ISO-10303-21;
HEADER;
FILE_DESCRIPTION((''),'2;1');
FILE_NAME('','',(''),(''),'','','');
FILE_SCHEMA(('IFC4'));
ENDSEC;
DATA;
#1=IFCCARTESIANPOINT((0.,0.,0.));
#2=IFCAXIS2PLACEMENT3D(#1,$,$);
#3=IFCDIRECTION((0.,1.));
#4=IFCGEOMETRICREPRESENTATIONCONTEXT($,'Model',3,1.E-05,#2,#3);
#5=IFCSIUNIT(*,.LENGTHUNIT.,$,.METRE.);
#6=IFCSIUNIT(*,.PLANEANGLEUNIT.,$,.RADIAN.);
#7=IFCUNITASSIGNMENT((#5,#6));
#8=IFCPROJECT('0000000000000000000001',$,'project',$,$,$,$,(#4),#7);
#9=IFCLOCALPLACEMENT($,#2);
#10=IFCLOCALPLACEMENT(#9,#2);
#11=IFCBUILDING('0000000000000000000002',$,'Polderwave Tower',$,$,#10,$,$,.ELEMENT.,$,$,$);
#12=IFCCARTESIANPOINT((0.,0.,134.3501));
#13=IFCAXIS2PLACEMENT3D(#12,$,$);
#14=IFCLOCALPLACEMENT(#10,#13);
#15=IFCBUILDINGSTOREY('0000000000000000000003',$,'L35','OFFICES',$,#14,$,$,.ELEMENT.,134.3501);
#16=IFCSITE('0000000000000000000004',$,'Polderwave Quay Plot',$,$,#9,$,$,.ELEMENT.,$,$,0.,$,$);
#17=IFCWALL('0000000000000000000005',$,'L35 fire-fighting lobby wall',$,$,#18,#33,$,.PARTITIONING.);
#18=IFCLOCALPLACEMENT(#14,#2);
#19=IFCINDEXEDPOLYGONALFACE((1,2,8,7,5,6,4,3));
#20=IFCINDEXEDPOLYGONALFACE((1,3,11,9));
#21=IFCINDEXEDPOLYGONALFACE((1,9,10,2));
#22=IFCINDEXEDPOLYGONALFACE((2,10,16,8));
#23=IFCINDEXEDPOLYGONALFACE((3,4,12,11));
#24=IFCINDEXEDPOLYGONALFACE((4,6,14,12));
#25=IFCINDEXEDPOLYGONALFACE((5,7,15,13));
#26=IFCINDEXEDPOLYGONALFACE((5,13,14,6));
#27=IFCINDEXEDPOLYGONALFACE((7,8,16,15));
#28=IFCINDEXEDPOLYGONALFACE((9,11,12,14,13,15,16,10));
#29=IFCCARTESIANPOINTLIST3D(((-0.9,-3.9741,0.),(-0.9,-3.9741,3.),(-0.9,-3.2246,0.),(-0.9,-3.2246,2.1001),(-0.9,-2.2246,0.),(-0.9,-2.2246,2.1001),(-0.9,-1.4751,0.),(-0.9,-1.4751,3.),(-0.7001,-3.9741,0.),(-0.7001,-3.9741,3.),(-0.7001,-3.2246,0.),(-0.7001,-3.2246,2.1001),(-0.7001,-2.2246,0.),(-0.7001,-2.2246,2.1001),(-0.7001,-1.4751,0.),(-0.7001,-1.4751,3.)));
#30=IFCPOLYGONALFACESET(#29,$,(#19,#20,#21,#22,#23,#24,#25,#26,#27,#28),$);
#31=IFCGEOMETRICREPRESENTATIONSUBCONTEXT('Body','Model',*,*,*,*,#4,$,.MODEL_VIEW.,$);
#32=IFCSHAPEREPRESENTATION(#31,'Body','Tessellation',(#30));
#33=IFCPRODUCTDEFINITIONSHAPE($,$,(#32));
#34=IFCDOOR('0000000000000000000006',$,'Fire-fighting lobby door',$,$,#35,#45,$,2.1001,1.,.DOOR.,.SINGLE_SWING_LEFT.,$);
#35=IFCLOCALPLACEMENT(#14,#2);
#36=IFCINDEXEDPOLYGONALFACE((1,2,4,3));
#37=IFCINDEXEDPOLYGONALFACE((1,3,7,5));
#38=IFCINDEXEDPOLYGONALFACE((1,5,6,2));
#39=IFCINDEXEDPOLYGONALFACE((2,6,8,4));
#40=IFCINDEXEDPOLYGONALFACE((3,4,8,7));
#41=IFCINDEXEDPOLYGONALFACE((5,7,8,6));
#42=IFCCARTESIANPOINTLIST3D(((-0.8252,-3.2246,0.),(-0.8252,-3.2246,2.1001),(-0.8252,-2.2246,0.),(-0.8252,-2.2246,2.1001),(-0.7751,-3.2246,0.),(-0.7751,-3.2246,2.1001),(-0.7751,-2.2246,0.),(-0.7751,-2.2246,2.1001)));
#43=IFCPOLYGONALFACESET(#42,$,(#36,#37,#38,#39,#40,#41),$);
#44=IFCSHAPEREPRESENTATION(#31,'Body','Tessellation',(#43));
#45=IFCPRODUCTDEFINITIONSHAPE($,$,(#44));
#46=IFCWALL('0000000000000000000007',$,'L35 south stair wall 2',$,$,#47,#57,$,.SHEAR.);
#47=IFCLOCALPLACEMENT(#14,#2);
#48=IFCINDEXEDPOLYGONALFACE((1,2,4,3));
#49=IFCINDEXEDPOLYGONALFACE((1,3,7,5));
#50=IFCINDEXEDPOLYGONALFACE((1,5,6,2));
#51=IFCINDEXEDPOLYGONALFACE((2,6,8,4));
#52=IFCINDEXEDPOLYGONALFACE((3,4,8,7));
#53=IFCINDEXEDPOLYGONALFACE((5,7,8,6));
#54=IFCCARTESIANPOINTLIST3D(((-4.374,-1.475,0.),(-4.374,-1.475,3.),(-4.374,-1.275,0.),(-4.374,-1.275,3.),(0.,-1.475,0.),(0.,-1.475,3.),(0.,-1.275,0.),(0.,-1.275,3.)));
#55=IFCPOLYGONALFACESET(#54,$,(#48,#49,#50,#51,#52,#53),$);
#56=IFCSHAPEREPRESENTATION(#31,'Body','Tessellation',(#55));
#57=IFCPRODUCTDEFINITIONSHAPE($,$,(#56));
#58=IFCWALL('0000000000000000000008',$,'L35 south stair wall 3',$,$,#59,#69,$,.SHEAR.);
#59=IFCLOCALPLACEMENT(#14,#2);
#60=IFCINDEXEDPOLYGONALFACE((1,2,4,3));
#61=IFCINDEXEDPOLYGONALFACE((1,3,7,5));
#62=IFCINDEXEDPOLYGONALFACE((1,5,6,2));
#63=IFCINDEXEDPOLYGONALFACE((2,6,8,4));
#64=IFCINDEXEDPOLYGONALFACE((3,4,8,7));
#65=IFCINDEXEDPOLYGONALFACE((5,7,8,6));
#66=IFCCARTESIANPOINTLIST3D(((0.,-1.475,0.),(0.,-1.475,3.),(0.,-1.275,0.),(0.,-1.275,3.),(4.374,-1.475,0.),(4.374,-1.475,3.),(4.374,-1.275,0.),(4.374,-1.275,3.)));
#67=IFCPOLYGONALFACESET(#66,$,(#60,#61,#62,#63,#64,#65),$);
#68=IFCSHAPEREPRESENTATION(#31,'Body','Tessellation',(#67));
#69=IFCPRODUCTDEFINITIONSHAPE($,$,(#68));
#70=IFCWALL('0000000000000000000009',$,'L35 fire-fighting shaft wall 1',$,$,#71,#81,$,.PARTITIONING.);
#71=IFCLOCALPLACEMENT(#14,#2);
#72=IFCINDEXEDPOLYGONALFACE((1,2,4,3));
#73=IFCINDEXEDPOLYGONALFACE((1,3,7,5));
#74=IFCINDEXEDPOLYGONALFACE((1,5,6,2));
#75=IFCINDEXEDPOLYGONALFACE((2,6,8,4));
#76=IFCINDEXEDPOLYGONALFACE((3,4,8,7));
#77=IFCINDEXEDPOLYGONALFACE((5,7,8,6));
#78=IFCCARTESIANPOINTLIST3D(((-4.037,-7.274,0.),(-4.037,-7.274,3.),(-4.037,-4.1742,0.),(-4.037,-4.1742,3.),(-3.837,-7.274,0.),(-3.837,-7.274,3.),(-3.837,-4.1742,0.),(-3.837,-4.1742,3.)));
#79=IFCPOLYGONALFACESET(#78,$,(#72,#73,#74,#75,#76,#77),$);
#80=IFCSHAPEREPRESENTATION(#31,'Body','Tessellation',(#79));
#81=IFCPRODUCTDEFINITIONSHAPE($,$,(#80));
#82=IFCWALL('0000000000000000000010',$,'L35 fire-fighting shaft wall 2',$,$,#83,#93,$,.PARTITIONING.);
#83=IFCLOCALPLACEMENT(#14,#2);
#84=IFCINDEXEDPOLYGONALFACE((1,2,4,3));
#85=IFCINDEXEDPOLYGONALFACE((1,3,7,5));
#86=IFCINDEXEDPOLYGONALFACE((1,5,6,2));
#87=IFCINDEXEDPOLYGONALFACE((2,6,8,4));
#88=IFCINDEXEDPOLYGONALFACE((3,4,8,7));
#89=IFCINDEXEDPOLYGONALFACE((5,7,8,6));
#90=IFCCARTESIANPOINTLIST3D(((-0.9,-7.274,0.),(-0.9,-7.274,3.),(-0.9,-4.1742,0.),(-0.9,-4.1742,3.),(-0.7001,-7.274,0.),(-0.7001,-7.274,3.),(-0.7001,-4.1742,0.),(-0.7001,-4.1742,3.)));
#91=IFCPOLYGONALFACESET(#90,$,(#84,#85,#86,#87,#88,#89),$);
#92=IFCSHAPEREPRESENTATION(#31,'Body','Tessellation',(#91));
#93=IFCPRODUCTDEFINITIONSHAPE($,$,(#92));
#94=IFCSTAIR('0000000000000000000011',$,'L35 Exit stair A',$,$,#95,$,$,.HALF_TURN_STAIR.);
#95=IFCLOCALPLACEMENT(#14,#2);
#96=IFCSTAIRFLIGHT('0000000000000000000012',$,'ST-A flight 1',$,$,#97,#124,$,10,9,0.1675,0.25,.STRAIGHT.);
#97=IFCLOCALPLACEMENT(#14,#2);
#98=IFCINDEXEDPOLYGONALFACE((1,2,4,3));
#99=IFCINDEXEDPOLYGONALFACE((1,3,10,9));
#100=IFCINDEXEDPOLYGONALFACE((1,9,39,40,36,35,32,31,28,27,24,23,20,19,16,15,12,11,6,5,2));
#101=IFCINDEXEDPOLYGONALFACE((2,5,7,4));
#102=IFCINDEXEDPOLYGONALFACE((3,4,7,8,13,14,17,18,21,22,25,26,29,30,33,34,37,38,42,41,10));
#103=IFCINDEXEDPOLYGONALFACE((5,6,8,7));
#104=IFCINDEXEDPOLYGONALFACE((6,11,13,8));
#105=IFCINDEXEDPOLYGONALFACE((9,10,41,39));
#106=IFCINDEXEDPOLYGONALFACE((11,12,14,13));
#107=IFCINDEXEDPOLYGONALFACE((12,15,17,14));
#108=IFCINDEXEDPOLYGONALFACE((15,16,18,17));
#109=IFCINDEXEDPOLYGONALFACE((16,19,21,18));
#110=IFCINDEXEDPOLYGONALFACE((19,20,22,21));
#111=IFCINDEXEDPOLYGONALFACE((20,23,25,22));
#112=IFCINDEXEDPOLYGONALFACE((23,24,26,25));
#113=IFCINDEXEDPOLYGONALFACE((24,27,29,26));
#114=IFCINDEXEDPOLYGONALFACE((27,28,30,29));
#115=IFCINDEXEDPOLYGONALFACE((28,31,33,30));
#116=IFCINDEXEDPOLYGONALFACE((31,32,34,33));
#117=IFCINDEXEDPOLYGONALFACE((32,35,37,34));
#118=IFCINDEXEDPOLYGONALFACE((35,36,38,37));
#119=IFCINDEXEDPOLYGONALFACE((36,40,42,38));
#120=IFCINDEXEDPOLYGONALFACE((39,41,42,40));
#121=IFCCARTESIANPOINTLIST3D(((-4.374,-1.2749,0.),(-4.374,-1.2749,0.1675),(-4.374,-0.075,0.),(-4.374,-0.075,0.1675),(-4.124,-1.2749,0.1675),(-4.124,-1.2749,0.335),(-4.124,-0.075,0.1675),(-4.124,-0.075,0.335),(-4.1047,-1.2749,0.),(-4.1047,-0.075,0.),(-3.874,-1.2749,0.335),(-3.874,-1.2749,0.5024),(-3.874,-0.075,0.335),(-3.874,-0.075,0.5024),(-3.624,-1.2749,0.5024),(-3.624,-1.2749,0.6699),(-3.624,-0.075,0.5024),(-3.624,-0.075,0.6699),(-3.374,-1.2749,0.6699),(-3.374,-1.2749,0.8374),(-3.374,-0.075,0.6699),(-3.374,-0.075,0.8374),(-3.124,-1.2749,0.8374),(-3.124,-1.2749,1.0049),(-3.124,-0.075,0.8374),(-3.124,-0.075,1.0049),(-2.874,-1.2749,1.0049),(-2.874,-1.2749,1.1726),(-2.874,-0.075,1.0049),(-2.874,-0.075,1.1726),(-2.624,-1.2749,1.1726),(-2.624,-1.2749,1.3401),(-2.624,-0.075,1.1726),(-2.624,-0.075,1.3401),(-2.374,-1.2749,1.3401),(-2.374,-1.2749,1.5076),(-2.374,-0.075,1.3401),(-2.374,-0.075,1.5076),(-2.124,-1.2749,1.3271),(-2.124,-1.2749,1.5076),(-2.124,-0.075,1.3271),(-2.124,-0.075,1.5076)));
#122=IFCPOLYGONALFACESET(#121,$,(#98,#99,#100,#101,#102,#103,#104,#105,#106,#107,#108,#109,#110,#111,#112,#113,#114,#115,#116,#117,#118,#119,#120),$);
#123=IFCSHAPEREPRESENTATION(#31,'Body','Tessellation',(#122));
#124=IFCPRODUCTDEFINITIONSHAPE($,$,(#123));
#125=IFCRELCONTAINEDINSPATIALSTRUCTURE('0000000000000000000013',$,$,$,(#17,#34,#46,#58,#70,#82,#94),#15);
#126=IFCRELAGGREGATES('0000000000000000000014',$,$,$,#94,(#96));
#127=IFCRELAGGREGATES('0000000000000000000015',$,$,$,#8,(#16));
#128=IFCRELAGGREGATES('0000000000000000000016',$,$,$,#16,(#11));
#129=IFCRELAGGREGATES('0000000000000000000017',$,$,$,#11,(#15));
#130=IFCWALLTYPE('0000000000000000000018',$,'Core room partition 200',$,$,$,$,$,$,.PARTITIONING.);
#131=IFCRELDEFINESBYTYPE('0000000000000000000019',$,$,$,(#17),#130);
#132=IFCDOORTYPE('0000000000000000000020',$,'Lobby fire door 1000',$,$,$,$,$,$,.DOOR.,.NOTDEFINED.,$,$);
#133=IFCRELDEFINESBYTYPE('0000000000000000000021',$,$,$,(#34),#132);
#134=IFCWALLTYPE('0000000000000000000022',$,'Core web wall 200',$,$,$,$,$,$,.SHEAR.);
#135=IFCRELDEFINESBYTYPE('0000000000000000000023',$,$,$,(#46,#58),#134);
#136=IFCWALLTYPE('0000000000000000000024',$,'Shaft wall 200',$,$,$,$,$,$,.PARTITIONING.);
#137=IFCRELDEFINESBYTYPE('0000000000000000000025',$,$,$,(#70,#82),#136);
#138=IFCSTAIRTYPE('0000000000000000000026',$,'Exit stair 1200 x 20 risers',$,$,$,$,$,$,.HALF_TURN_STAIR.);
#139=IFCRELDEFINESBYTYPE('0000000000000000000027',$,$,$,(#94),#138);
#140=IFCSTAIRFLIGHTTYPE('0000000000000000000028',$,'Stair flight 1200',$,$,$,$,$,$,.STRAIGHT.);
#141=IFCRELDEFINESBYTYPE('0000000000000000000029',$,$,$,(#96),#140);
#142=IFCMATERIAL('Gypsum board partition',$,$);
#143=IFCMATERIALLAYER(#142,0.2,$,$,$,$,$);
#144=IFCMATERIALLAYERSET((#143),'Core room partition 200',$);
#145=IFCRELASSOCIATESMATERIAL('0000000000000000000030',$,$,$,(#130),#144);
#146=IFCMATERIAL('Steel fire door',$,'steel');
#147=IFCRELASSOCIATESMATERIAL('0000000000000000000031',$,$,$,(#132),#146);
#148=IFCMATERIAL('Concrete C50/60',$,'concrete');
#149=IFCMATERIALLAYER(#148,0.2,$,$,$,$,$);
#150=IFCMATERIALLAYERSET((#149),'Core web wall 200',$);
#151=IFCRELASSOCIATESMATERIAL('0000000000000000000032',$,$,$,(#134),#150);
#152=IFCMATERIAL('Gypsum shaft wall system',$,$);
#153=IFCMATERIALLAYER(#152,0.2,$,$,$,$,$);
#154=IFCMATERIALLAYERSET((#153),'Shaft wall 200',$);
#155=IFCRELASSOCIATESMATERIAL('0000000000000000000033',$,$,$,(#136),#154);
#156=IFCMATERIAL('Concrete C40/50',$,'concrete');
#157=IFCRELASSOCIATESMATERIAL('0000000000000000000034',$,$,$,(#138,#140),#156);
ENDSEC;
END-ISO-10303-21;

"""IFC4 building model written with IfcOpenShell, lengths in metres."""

from ifc_helpers import new_model, si_unit, direction, frame, frame_2d, origin, place, context, subcontext, project, spatial, polyline, rectangle, outline, extrude, material, layer, layer_set, type_object, element, fill, aggregate, save


model = new_model("IFC4")

# Units and contexts
model_context = context("Model", 3, precision=1e-05, world=origin(), true_north=direction((0.0, 1.0)))
body_context = subcontext(model_context, "Body", "Model", "MODEL_VIEW")
ifc_project = project(units=[si_unit("LENGTHUNIT", "METRE"), si_unit("PLANEANGLEUNIT", "RADIAN")], contexts=[model_context])

# Site, building, storey
site_placement = place(None, origin())
site = spatial("IfcSite", under=ifc_project, at=site_placement, Name="Polderwave Quay Plot", CompositionType="ELEMENT", RefElevation=0.0)
building_placement = place(site_placement, origin())
building = spatial("IfcBuilding", under=site, at=building_placement, Name="Polderwave Tower", CompositionType="ELEMENT")
storey_placement = place(building_placement, frame((0.0, 0.0, 134.3501)))
storey = spatial("IfcBuildingStorey", under=building, at=storey_placement, Name="L35", Description="OFFICES", CompositionType="ELEMENT", Elevation=134.3501)

# Wall, opening, door
ifc_material_1 = material(Name="Gypsum board partition")
ifc_layer_1 = layer(ifc_material_1, 0.2)
ifc_layer_set_1 = layer_set([ifc_layer_1], Name="Core room partition 200")
wall_type_1 = type_object("IfcWallType", Name="Core room partition 200", PredefinedType="PARTITIONING", material=ifc_layer_set_1)
wall_placement = place(storey_placement, frame((-0.8, -3.9741, 0.0), z_axis=(0.0, 0.0, 1.0), x_axis=(0.0, 1.0, 0.0)))
wall = element("IfcWall", 1, at=wall_placement, inside=storey, type_object=wall_type_1, Name="L35 fire-fighting lobby wall", PredefinedType="PARTITIONING", context=body_context, shape_type="SweptSolid", body=[
    extrude(rectangle(XDim=2.499, YDim=0.2, at=frame_2d((1.2495, 0.0))), origin(), (0.0, 0.0, 1.0), 3.0),
])
opening_placement = place(wall_placement, frame((0.7495, 0.0, 0.0)))
opening = element("IfcOpeningElement", 2, at=opening_placement, cuts=wall, PredefinedType="OPENING", context=body_context, shape_type="SweptSolid", body=[
    extrude(rectangle(XDim=1.0, YDim=2.1001, at=frame_2d((0.5, 1.05))), frame((0.0, 0.1099, 0.0), z_axis=(0.0, -1.0, 0.0), x_axis=(1.0, 0.0, 0.0)), (0.0, 0.0, 1.0), 0.22),
])
ifc_material_2 = material(Name="Steel fire door", Category="steel")
door_type = type_object("IfcDoorType", Name="Lobby fire door 1000", OperationType="NOTDEFINED", PredefinedType="DOOR", material=ifc_material_2)
door_placement = place(opening_placement, frame((1.0, 0.0, 0.0), z_axis=(0.0, 0.0, 1.0), x_axis=(-1.0, 0.0, 0.0)))
door = element("IfcDoor", 3, at=door_placement, inside=storey, type_object=door_type, Name="Fire-fighting lobby door", OperationType="SINGLE_SWING_LEFT", OverallHeight=2.1001, OverallWidth=1.0, PredefinedType="DOOR", context=body_context, shape_type="SweptSolid", body=[
    extrude(rectangle(XDim=1.0, YDim=2.1001, at=frame_2d((0.5, 1.05))), frame((0.0, 0.0249, 0.0), z_axis=(0.0, -1.0, 0.0), x_axis=(1.0, 0.0, 0.0)), (0.0, 0.0, 1.0), 0.05),
])
fill(opening, door)

# Walls
ifc_material_3 = material(Name="Concrete C50/60", Category="concrete")
ifc_layer_2 = layer(ifc_material_3, 0.2)
ifc_layer_set_2 = layer_set([ifc_layer_2], Name="Core web wall 200")
wall_type_2 = type_object("IfcWallType", Name="Core web wall 200", PredefinedType="SHEAR", material=ifc_layer_set_2)
for number, where, z_axis, x_axis, name in (
    (4, (-4.374, -1.375, 0.0), (0.0, 0.0, 1.0), (1.0, 0.0, 0.0), "L35 south stair wall 2"),
    (5, (0.0, -1.375, 0.0), (0.0, 0.0, 1.0), (1.0, 0.0, 0.0), "L35 south stair wall 3"),
):
    element("IfcWall", number, at=place(storey_placement, frame(where, z_axis=z_axis, x_axis=x_axis)), inside=storey, type_object=wall_type_2, Name=name, PredefinedType="SHEAR", context=body_context, shape_type="SweptSolid", body=[
        extrude(rectangle(XDim=4.374, YDim=0.2, at=frame_2d((2.187, 0.0))), origin(), (0.0, 0.0, 1.0), 3.0),
    ])
ifc_material_4 = material(Name="Gypsum shaft wall system")
ifc_layer_3 = layer(ifc_material_4, 0.2)
ifc_layer_set_3 = layer_set([ifc_layer_3], Name="Shaft wall 200")
wall_type_3 = type_object("IfcWallType", Name="Shaft wall 200", PredefinedType="PARTITIONING", material=ifc_layer_set_3)
for number, where, z_axis, x_axis, name in (
    (6, (-3.937, -7.2739, 0.0), (0.0, 0.0, 1.0), (0.0, 1.0, 0.0), "L35 fire-fighting shaft wall 1"),
    (7, (-0.8, -7.2739, 0.0), (0.0, 0.0, 1.0), (0.0, 1.0, 0.0), "L35 fire-fighting shaft wall 2"),
):
    element("IfcWall", number, at=place(storey_placement, frame(where, z_axis=z_axis, x_axis=x_axis)), inside=storey, type_object=wall_type_3, Name=name, PredefinedType="PARTITIONING", context=body_context, shape_type="SweptSolid", body=[
        extrude(rectangle(XDim=3.0999, YDim=0.2, at=frame_2d((1.5498, 0.0))), origin(), (0.0, 0.0, 1.0), 3.0),
    ])

# Stair, stair flight
ifc_material_5 = material(Name="Concrete C40/50", Category="concrete")
stair_type = type_object("IfcStairType", Name="Exit stair 1200 x 20 risers", PredefinedType="HALF_TURN_STAIR", material=ifc_material_5)
stair_placement = place(storey_placement, origin())
stair = element("IfcStair", 8, at=stair_placement, inside=storey, type_object=stair_type, Name="L35 Exit stair A", PredefinedType="HALF_TURN_STAIR")
stair_flight_type = type_object("IfcStairFlightType", Name="Stair flight 1200", PredefinedType="STRAIGHT", material=ifc_material_5)
stair_flight_placement = place(storey_placement, frame((-4.374, -0.675, 0.0), z_axis=(0.0, 0.0, 1.0), x_axis=(1.0, 0.0, 0.0)))
stair_flight = element("IfcStairFlight", 9, at=stair_flight_placement, type_object=stair_flight_type, Name="ST-A flight 1", NumberOfRisers=10, NumberOfTreads=9, PredefinedType="STRAIGHT", RiserHeight=0.1675, TreadLength=0.25, context=body_context, shape_type="SweptSolid", body=[
    extrude(outline(polyline([(0.0, 0.0), (0.0, 0.1675), (0.25, 0.1675), (0.25, 0.335), (0.5, 0.335), (0.5, 0.5024), (0.75, 0.5024), (0.75, 0.6699), (1.0, 0.6699), (1.0, 0.8374), (1.25, 0.8374), (1.25, 1.0049), (1.5, 1.0049), (1.5, 1.1726), (1.75, 1.1726), (1.75, 1.3401), (2.0, 1.3401), (2.0, 1.5076), (2.25, 1.5076), (2.25, 1.675), (2.25, 1.3271), (0.2693, 0.0), (0.0, 0.0)])), frame((0.0, 0.6001, 0.0), z_axis=(0.0, -1.0, 0.0), x_axis=(1.0, 0.0, 0.0)), (0.0, 0.0, 1.0), 1.2),
])
aggregate(stair, [stair_flight])

save(model, "model.ifc")
